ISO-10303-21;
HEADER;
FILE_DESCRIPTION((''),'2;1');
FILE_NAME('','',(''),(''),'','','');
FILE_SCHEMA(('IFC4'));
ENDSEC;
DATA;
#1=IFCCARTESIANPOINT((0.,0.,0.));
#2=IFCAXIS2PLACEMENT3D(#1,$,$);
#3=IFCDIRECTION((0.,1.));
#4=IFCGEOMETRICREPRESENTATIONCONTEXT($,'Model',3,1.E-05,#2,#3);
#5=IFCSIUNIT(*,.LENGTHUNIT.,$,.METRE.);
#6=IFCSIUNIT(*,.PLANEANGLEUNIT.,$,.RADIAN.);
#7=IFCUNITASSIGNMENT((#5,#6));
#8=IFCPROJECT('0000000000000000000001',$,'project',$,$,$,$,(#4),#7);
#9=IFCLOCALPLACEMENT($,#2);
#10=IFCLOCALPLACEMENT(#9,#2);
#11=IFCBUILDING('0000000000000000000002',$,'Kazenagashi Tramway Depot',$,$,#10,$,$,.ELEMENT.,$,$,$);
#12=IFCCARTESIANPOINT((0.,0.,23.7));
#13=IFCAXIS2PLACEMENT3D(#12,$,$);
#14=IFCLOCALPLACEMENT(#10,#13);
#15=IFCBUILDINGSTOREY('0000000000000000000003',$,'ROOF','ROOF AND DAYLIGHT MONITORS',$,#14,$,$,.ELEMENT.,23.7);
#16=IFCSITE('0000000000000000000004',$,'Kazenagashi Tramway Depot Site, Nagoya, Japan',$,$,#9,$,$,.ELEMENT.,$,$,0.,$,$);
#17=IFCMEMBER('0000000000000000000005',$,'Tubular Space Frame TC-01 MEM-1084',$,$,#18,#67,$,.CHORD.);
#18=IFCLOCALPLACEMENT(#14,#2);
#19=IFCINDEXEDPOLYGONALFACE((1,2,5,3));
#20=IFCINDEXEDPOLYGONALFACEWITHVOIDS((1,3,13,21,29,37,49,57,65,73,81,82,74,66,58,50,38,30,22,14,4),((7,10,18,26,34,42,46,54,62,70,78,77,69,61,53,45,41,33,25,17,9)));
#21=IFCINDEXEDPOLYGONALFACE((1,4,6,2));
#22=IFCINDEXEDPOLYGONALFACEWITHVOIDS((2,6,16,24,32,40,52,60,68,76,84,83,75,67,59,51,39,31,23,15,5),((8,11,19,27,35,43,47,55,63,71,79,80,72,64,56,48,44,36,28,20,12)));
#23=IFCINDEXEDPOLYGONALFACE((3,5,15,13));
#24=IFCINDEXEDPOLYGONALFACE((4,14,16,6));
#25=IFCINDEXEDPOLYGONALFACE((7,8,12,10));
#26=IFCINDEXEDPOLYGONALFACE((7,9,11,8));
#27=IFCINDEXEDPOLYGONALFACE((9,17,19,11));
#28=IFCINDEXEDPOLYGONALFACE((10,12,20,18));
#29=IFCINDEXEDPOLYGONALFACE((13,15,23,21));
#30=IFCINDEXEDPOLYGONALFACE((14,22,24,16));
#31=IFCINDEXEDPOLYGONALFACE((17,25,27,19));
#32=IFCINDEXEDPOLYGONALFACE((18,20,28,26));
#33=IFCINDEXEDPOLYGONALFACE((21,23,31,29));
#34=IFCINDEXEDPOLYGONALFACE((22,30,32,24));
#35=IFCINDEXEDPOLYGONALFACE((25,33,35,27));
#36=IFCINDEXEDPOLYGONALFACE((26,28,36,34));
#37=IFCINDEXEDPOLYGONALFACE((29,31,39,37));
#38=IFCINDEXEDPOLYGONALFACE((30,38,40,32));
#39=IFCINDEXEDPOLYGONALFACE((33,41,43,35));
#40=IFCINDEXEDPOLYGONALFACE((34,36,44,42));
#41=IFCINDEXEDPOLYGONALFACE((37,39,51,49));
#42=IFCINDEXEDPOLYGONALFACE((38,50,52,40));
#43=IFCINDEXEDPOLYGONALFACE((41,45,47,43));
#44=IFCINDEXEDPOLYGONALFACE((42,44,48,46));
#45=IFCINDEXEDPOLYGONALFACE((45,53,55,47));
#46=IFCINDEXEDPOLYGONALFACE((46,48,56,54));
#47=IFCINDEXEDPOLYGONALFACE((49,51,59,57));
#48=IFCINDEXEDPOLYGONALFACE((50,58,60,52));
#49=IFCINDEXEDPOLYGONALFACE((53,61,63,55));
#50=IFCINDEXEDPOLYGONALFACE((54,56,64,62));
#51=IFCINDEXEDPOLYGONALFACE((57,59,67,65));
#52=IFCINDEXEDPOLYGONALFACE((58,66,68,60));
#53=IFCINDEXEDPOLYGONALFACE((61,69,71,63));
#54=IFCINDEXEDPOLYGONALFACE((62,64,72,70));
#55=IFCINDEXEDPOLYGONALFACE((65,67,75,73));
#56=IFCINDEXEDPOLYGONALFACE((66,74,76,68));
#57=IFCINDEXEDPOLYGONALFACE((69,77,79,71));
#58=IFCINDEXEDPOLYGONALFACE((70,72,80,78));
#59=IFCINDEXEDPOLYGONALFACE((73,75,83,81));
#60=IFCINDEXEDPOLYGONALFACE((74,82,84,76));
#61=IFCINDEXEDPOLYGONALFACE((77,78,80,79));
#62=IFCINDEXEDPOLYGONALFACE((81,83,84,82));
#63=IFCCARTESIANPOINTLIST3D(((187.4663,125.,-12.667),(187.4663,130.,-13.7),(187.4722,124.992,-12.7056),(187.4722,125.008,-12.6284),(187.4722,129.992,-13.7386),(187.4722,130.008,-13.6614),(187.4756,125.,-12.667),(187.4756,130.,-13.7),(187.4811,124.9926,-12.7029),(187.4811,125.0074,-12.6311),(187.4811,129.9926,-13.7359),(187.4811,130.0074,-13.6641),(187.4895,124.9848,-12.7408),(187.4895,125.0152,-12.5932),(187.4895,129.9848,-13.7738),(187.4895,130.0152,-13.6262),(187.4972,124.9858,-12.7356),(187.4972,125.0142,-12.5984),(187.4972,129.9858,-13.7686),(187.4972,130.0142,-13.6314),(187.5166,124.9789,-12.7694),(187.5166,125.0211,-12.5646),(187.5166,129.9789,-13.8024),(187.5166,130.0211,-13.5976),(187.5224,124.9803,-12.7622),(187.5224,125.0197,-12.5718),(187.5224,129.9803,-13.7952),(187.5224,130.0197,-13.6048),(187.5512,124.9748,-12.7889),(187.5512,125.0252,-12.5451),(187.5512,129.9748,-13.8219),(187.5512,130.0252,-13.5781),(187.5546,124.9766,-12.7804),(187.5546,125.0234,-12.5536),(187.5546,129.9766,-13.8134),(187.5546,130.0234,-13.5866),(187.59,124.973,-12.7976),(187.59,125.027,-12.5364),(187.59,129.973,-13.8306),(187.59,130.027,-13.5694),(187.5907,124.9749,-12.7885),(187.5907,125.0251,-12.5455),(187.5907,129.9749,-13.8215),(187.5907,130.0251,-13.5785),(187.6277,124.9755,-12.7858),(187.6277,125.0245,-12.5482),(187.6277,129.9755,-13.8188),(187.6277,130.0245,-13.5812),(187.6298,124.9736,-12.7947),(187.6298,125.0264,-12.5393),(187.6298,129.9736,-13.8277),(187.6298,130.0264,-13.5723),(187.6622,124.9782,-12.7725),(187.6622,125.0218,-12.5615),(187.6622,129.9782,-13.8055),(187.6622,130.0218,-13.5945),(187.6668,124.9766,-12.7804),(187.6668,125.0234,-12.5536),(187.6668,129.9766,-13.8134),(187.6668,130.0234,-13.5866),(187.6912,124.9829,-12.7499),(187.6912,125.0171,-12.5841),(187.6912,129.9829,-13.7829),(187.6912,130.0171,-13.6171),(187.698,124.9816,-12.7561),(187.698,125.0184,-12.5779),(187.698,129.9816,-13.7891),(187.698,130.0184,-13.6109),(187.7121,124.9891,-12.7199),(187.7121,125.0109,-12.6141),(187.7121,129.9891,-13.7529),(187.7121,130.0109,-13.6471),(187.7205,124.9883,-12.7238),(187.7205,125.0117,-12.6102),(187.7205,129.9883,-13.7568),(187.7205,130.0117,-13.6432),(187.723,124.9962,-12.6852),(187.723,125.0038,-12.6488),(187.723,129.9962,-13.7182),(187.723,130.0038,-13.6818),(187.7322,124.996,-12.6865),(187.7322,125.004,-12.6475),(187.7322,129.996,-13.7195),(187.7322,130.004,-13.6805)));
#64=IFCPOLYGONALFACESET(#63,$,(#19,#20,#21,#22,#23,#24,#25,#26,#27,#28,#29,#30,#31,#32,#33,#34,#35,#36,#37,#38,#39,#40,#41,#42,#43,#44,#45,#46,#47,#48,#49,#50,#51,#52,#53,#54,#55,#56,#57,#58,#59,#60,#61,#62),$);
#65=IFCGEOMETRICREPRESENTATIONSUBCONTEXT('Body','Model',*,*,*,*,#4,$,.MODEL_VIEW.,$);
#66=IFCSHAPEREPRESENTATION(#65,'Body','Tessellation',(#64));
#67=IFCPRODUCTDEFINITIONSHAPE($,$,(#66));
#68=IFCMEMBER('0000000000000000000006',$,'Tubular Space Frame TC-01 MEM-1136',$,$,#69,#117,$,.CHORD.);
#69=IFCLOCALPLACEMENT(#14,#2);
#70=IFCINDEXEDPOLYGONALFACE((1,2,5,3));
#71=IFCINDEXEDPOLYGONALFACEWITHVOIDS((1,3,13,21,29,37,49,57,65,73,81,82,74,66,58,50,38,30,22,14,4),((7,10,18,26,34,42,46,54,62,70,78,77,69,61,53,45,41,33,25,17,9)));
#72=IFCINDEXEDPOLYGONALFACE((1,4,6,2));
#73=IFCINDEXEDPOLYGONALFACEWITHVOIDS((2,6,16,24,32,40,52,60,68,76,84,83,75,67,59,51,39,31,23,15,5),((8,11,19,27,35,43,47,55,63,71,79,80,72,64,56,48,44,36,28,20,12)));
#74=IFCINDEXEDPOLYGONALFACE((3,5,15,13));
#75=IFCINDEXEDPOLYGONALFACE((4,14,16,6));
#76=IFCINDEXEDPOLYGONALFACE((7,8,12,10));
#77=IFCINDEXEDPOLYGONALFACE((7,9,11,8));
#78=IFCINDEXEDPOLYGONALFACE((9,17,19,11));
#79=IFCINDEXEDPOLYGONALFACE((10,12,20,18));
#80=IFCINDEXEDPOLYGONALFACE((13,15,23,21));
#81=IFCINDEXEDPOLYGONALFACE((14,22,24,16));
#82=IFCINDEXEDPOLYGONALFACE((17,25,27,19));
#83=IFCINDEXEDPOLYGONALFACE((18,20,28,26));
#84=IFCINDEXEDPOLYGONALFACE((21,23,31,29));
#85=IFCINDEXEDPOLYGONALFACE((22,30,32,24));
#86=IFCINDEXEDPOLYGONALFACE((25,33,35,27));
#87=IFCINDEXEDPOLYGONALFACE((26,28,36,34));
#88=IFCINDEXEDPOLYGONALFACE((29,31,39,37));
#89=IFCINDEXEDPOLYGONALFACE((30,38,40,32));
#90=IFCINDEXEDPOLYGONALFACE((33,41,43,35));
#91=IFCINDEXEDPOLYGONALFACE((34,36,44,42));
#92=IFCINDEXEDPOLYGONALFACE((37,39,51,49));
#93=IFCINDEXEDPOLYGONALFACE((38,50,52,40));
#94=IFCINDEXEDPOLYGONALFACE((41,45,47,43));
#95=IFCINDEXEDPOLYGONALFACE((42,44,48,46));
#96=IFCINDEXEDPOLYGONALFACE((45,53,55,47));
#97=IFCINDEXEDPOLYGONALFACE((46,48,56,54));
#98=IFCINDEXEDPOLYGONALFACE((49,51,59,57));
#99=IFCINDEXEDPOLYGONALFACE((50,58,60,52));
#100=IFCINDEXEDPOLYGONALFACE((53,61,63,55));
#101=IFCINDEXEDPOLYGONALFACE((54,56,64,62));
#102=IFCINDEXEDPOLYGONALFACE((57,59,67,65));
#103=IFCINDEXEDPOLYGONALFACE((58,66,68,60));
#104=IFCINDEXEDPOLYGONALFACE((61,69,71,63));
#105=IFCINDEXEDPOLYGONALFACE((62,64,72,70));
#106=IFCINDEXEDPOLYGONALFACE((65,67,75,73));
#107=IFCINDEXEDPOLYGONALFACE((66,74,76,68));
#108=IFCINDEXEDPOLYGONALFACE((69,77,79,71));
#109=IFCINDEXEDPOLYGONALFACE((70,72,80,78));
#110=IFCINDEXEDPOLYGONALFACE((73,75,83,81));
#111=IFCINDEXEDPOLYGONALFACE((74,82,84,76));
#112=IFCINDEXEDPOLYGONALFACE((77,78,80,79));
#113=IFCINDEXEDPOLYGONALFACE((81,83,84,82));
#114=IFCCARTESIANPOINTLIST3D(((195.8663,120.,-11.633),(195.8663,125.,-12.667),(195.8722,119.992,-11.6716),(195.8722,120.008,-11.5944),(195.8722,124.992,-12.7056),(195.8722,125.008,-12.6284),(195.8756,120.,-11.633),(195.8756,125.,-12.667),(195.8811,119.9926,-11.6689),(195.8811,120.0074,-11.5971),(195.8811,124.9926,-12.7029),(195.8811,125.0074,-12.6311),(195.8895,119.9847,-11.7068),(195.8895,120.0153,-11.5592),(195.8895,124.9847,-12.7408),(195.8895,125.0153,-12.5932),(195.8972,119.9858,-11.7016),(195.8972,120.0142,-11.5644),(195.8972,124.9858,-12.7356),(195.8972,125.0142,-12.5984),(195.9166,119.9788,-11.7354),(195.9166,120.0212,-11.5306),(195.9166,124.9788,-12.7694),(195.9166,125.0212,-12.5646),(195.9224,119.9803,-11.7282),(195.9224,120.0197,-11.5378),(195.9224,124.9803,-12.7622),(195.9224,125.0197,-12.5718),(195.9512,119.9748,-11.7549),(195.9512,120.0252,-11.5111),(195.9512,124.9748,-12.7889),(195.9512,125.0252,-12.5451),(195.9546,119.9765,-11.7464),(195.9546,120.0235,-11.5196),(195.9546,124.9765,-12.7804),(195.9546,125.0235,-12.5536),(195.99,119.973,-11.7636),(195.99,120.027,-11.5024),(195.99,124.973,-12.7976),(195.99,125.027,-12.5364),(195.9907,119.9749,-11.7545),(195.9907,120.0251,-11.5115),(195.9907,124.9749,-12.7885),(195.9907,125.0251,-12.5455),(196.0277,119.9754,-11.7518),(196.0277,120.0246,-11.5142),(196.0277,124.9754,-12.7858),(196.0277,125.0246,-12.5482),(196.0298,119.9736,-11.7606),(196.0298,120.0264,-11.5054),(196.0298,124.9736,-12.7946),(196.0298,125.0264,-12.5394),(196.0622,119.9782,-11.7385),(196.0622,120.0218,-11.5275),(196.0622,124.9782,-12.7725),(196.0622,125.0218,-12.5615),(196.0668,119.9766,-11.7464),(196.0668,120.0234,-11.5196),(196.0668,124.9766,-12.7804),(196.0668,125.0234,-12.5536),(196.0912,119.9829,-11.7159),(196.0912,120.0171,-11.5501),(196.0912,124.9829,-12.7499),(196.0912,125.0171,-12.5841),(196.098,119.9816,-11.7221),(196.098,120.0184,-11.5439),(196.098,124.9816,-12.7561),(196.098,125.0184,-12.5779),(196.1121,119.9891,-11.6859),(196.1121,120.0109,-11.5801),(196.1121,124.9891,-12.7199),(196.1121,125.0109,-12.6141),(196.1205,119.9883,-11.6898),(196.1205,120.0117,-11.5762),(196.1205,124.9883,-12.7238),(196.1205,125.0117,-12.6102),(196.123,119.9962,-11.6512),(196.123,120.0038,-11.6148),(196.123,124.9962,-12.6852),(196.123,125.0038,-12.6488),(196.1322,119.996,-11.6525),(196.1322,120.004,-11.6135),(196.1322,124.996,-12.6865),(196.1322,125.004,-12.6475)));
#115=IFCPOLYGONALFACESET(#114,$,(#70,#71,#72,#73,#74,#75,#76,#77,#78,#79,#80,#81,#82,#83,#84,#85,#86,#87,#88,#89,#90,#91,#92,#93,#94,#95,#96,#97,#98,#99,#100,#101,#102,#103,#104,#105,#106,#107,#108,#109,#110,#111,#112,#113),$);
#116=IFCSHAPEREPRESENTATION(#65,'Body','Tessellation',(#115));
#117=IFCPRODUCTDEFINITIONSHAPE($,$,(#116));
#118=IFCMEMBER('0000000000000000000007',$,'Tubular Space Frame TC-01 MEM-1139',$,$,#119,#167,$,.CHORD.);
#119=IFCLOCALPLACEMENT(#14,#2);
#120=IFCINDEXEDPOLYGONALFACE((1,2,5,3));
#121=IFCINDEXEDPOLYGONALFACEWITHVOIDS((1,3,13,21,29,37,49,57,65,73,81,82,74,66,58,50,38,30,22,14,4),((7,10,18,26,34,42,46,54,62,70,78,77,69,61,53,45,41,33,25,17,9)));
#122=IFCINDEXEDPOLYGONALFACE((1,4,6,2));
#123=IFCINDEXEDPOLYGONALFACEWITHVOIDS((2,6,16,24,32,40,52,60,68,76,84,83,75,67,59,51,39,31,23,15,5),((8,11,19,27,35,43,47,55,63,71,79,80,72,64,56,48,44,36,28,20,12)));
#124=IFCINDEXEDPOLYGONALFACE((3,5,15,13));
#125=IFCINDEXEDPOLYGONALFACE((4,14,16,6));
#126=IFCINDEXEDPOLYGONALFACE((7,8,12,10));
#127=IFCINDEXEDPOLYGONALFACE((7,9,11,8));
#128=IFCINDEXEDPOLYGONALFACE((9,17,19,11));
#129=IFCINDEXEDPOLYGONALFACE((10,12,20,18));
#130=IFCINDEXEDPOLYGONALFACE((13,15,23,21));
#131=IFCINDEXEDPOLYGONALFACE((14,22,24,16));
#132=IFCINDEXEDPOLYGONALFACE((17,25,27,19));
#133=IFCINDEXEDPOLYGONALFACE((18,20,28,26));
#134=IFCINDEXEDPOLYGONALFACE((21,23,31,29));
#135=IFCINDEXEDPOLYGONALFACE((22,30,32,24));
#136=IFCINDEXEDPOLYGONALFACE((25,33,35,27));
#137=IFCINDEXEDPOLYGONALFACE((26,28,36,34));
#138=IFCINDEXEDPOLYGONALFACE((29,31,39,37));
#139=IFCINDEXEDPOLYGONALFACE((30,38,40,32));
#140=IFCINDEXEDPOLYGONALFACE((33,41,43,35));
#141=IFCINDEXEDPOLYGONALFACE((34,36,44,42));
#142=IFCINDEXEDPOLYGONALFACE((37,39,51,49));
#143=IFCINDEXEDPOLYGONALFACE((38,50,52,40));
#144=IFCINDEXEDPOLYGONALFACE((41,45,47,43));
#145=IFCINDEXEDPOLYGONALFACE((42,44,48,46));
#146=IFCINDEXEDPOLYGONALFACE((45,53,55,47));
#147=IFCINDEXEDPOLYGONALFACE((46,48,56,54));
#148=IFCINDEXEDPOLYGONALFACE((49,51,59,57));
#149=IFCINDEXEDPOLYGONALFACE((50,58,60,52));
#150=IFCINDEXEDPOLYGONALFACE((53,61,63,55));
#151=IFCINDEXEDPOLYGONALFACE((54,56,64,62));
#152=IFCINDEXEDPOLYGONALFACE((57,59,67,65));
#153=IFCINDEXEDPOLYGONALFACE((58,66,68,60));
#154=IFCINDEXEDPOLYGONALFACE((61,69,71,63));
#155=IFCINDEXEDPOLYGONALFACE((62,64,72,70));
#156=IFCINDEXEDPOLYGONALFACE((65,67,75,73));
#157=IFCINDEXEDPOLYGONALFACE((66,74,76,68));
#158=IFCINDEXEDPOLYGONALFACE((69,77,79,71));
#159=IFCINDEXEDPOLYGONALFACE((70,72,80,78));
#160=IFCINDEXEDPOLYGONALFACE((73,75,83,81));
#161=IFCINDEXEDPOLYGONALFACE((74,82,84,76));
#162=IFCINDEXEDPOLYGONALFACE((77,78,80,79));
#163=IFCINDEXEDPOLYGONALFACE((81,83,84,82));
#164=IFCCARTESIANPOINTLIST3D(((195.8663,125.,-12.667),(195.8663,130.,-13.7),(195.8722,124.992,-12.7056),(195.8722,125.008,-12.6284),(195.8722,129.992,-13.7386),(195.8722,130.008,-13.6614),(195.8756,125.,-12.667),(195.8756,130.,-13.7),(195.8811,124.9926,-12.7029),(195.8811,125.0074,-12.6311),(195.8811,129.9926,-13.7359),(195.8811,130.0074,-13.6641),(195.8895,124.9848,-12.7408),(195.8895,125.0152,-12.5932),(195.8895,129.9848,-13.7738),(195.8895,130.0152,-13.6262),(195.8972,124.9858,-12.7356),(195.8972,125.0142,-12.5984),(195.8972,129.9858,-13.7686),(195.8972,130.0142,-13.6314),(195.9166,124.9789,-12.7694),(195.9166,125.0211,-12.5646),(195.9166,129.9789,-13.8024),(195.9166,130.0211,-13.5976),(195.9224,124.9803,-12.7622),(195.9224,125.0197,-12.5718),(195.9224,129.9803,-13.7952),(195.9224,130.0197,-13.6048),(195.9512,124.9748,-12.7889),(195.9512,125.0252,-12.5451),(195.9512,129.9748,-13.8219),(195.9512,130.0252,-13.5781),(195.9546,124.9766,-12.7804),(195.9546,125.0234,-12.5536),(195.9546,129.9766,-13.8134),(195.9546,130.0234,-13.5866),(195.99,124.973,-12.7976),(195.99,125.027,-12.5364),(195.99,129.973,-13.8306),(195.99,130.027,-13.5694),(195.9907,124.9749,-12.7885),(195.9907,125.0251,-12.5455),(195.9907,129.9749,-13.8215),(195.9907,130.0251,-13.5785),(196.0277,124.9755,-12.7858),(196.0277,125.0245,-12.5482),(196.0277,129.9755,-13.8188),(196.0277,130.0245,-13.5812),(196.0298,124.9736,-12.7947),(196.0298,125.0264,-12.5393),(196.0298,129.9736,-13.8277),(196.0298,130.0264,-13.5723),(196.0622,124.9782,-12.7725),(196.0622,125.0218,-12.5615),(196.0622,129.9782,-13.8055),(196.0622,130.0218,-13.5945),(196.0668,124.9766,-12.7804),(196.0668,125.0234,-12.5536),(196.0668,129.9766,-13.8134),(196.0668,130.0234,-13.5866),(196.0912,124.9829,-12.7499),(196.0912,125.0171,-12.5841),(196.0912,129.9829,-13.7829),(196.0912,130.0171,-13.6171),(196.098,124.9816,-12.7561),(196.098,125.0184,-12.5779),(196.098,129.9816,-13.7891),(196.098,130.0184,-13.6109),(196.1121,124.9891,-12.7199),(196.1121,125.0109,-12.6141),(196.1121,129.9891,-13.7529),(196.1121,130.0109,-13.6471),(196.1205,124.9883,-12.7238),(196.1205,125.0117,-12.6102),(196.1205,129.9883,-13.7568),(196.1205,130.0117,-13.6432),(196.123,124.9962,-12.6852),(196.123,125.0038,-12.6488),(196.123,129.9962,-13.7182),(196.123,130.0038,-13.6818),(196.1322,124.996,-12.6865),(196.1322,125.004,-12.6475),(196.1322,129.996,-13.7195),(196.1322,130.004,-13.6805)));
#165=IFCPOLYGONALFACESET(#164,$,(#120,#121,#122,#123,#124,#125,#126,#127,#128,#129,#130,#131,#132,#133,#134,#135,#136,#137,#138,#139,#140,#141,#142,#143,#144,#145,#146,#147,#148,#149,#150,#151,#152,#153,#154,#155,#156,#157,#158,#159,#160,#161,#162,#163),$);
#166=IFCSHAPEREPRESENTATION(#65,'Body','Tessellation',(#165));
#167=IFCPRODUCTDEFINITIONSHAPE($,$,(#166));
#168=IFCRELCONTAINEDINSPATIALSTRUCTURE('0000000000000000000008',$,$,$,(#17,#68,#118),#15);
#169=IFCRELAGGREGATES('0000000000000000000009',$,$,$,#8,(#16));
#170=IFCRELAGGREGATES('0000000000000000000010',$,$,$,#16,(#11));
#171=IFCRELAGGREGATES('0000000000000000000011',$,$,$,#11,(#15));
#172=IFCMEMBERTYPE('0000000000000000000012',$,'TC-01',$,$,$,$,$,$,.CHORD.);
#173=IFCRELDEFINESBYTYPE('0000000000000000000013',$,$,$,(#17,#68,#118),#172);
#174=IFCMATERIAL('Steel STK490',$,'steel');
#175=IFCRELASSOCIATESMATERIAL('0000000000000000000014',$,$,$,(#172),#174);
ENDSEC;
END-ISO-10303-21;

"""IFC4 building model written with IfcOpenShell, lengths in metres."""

from ifc_helpers import new_model, si_unit, direction, frame, origin, origin_2d, place, context, subcontext, project, spatial, hollow_circle, extrude, material, material_profile, profile_set, type_object, element, save


model = new_model("IFC4")

# Units and contexts
model_context = context("Model", 3, precision=1e-05, world=origin(), true_north=direction((0.0, 1.0)))
body_context = subcontext(model_context, "Body", "Model", "MODEL_VIEW")
ifc_project = project(units=[si_unit("LENGTHUNIT", "METRE"), si_unit("PLANEANGLEUNIT", "RADIAN")], contexts=[model_context])

# Site, building, storey
site_placement = place(None, origin())
site = spatial("IfcSite", under=ifc_project, at=site_placement, Name="Kazenagashi Tramway Depot Site, Nagoya, Japan", CompositionType="ELEMENT", RefElevation=0.0)
building_placement = place(site_placement, origin())
building = spatial("IfcBuilding", under=site, at=building_placement, Name="Kazenagashi Tramway Depot", CompositionType="ELEMENT")
storey_placement = place(building_placement, frame((0.0, 0.0, 23.7)))
storey = spatial("IfcBuildingStorey", under=building, at=storey_placement, Name="ROOF", Description="ROOF AND DAYLIGHT MONITORS", CompositionType="ELEMENT", Elevation=23.7)

# Members
ifc_material_1 = material(Name="Steel STK490", Category="steel")
ifc_material_profile_1 = material_profile(ifc_material_1, hollow_circle(Radius=0.1337, WallThickness=0.0093, at=origin_2d()), Name="CHS-267.4x9.3")
ifc_profile_set_1 = profile_set([ifc_material_profile_1], Name="Steel STK490")
member_type_1 = type_object("IfcMemberType", Name="TC-01", PredefinedType="CHORD", material=ifc_profile_set_1)
member_1_placement = place(storey_placement, frame((187.6, 125.0, -12.667), z_axis=(0.0, 0.979318, -0.202327), x_axis=(-1.0, 0.0, 0.0)))
element("IfcMember", 1, at=member_1_placement, inside=storey, type_object=member_type_1, Name="Tubular Space Frame TC-01 MEM-1084", PredefinedType="CHORD", context=body_context, shape_type="SweptSolid", body=[
    extrude(hollow_circle(Radius=0.1337, WallThickness=0.0093, at=origin_2d()), origin(), (0.0, 0.0, 1.0), 5.1056),
])
member_2_placement = place(storey_placement, frame((196.0, 120.0, -11.633), z_axis=(0.0, 0.979279, -0.202515), x_axis=(-1.0, 0.0, 0.0)))
element("IfcMember", 2, at=member_2_placement, inside=storey, type_object=member_type_1, Name="Tubular Space Frame TC-01 MEM-1136", PredefinedType="CHORD", context=body_context, shape_type="SweptSolid", body=[
    extrude(hollow_circle(Radius=0.1337, WallThickness=0.0093, at=origin_2d()), origin(), (0.0, 0.0, 1.0), 5.1058),
])
member_3_placement = place(storey_placement, frame((196.0, 125.0, -12.667), z_axis=(0.0, 0.979318, -0.202327), x_axis=(-1.0, 0.0, 0.0)))
element("IfcMember", 3, at=member_3_placement, inside=storey, type_object=member_type_1, Name="Tubular Space Frame TC-01 MEM-1139", PredefinedType="CHORD", context=body_context, shape_type="SweptSolid", body=[
    extrude(hollow_circle(Radius=0.1337, WallThickness=0.0093, at=origin_2d()), origin(), (0.0, 0.0, 1.0), 5.1056),
])

save(model, "model.ifc")
